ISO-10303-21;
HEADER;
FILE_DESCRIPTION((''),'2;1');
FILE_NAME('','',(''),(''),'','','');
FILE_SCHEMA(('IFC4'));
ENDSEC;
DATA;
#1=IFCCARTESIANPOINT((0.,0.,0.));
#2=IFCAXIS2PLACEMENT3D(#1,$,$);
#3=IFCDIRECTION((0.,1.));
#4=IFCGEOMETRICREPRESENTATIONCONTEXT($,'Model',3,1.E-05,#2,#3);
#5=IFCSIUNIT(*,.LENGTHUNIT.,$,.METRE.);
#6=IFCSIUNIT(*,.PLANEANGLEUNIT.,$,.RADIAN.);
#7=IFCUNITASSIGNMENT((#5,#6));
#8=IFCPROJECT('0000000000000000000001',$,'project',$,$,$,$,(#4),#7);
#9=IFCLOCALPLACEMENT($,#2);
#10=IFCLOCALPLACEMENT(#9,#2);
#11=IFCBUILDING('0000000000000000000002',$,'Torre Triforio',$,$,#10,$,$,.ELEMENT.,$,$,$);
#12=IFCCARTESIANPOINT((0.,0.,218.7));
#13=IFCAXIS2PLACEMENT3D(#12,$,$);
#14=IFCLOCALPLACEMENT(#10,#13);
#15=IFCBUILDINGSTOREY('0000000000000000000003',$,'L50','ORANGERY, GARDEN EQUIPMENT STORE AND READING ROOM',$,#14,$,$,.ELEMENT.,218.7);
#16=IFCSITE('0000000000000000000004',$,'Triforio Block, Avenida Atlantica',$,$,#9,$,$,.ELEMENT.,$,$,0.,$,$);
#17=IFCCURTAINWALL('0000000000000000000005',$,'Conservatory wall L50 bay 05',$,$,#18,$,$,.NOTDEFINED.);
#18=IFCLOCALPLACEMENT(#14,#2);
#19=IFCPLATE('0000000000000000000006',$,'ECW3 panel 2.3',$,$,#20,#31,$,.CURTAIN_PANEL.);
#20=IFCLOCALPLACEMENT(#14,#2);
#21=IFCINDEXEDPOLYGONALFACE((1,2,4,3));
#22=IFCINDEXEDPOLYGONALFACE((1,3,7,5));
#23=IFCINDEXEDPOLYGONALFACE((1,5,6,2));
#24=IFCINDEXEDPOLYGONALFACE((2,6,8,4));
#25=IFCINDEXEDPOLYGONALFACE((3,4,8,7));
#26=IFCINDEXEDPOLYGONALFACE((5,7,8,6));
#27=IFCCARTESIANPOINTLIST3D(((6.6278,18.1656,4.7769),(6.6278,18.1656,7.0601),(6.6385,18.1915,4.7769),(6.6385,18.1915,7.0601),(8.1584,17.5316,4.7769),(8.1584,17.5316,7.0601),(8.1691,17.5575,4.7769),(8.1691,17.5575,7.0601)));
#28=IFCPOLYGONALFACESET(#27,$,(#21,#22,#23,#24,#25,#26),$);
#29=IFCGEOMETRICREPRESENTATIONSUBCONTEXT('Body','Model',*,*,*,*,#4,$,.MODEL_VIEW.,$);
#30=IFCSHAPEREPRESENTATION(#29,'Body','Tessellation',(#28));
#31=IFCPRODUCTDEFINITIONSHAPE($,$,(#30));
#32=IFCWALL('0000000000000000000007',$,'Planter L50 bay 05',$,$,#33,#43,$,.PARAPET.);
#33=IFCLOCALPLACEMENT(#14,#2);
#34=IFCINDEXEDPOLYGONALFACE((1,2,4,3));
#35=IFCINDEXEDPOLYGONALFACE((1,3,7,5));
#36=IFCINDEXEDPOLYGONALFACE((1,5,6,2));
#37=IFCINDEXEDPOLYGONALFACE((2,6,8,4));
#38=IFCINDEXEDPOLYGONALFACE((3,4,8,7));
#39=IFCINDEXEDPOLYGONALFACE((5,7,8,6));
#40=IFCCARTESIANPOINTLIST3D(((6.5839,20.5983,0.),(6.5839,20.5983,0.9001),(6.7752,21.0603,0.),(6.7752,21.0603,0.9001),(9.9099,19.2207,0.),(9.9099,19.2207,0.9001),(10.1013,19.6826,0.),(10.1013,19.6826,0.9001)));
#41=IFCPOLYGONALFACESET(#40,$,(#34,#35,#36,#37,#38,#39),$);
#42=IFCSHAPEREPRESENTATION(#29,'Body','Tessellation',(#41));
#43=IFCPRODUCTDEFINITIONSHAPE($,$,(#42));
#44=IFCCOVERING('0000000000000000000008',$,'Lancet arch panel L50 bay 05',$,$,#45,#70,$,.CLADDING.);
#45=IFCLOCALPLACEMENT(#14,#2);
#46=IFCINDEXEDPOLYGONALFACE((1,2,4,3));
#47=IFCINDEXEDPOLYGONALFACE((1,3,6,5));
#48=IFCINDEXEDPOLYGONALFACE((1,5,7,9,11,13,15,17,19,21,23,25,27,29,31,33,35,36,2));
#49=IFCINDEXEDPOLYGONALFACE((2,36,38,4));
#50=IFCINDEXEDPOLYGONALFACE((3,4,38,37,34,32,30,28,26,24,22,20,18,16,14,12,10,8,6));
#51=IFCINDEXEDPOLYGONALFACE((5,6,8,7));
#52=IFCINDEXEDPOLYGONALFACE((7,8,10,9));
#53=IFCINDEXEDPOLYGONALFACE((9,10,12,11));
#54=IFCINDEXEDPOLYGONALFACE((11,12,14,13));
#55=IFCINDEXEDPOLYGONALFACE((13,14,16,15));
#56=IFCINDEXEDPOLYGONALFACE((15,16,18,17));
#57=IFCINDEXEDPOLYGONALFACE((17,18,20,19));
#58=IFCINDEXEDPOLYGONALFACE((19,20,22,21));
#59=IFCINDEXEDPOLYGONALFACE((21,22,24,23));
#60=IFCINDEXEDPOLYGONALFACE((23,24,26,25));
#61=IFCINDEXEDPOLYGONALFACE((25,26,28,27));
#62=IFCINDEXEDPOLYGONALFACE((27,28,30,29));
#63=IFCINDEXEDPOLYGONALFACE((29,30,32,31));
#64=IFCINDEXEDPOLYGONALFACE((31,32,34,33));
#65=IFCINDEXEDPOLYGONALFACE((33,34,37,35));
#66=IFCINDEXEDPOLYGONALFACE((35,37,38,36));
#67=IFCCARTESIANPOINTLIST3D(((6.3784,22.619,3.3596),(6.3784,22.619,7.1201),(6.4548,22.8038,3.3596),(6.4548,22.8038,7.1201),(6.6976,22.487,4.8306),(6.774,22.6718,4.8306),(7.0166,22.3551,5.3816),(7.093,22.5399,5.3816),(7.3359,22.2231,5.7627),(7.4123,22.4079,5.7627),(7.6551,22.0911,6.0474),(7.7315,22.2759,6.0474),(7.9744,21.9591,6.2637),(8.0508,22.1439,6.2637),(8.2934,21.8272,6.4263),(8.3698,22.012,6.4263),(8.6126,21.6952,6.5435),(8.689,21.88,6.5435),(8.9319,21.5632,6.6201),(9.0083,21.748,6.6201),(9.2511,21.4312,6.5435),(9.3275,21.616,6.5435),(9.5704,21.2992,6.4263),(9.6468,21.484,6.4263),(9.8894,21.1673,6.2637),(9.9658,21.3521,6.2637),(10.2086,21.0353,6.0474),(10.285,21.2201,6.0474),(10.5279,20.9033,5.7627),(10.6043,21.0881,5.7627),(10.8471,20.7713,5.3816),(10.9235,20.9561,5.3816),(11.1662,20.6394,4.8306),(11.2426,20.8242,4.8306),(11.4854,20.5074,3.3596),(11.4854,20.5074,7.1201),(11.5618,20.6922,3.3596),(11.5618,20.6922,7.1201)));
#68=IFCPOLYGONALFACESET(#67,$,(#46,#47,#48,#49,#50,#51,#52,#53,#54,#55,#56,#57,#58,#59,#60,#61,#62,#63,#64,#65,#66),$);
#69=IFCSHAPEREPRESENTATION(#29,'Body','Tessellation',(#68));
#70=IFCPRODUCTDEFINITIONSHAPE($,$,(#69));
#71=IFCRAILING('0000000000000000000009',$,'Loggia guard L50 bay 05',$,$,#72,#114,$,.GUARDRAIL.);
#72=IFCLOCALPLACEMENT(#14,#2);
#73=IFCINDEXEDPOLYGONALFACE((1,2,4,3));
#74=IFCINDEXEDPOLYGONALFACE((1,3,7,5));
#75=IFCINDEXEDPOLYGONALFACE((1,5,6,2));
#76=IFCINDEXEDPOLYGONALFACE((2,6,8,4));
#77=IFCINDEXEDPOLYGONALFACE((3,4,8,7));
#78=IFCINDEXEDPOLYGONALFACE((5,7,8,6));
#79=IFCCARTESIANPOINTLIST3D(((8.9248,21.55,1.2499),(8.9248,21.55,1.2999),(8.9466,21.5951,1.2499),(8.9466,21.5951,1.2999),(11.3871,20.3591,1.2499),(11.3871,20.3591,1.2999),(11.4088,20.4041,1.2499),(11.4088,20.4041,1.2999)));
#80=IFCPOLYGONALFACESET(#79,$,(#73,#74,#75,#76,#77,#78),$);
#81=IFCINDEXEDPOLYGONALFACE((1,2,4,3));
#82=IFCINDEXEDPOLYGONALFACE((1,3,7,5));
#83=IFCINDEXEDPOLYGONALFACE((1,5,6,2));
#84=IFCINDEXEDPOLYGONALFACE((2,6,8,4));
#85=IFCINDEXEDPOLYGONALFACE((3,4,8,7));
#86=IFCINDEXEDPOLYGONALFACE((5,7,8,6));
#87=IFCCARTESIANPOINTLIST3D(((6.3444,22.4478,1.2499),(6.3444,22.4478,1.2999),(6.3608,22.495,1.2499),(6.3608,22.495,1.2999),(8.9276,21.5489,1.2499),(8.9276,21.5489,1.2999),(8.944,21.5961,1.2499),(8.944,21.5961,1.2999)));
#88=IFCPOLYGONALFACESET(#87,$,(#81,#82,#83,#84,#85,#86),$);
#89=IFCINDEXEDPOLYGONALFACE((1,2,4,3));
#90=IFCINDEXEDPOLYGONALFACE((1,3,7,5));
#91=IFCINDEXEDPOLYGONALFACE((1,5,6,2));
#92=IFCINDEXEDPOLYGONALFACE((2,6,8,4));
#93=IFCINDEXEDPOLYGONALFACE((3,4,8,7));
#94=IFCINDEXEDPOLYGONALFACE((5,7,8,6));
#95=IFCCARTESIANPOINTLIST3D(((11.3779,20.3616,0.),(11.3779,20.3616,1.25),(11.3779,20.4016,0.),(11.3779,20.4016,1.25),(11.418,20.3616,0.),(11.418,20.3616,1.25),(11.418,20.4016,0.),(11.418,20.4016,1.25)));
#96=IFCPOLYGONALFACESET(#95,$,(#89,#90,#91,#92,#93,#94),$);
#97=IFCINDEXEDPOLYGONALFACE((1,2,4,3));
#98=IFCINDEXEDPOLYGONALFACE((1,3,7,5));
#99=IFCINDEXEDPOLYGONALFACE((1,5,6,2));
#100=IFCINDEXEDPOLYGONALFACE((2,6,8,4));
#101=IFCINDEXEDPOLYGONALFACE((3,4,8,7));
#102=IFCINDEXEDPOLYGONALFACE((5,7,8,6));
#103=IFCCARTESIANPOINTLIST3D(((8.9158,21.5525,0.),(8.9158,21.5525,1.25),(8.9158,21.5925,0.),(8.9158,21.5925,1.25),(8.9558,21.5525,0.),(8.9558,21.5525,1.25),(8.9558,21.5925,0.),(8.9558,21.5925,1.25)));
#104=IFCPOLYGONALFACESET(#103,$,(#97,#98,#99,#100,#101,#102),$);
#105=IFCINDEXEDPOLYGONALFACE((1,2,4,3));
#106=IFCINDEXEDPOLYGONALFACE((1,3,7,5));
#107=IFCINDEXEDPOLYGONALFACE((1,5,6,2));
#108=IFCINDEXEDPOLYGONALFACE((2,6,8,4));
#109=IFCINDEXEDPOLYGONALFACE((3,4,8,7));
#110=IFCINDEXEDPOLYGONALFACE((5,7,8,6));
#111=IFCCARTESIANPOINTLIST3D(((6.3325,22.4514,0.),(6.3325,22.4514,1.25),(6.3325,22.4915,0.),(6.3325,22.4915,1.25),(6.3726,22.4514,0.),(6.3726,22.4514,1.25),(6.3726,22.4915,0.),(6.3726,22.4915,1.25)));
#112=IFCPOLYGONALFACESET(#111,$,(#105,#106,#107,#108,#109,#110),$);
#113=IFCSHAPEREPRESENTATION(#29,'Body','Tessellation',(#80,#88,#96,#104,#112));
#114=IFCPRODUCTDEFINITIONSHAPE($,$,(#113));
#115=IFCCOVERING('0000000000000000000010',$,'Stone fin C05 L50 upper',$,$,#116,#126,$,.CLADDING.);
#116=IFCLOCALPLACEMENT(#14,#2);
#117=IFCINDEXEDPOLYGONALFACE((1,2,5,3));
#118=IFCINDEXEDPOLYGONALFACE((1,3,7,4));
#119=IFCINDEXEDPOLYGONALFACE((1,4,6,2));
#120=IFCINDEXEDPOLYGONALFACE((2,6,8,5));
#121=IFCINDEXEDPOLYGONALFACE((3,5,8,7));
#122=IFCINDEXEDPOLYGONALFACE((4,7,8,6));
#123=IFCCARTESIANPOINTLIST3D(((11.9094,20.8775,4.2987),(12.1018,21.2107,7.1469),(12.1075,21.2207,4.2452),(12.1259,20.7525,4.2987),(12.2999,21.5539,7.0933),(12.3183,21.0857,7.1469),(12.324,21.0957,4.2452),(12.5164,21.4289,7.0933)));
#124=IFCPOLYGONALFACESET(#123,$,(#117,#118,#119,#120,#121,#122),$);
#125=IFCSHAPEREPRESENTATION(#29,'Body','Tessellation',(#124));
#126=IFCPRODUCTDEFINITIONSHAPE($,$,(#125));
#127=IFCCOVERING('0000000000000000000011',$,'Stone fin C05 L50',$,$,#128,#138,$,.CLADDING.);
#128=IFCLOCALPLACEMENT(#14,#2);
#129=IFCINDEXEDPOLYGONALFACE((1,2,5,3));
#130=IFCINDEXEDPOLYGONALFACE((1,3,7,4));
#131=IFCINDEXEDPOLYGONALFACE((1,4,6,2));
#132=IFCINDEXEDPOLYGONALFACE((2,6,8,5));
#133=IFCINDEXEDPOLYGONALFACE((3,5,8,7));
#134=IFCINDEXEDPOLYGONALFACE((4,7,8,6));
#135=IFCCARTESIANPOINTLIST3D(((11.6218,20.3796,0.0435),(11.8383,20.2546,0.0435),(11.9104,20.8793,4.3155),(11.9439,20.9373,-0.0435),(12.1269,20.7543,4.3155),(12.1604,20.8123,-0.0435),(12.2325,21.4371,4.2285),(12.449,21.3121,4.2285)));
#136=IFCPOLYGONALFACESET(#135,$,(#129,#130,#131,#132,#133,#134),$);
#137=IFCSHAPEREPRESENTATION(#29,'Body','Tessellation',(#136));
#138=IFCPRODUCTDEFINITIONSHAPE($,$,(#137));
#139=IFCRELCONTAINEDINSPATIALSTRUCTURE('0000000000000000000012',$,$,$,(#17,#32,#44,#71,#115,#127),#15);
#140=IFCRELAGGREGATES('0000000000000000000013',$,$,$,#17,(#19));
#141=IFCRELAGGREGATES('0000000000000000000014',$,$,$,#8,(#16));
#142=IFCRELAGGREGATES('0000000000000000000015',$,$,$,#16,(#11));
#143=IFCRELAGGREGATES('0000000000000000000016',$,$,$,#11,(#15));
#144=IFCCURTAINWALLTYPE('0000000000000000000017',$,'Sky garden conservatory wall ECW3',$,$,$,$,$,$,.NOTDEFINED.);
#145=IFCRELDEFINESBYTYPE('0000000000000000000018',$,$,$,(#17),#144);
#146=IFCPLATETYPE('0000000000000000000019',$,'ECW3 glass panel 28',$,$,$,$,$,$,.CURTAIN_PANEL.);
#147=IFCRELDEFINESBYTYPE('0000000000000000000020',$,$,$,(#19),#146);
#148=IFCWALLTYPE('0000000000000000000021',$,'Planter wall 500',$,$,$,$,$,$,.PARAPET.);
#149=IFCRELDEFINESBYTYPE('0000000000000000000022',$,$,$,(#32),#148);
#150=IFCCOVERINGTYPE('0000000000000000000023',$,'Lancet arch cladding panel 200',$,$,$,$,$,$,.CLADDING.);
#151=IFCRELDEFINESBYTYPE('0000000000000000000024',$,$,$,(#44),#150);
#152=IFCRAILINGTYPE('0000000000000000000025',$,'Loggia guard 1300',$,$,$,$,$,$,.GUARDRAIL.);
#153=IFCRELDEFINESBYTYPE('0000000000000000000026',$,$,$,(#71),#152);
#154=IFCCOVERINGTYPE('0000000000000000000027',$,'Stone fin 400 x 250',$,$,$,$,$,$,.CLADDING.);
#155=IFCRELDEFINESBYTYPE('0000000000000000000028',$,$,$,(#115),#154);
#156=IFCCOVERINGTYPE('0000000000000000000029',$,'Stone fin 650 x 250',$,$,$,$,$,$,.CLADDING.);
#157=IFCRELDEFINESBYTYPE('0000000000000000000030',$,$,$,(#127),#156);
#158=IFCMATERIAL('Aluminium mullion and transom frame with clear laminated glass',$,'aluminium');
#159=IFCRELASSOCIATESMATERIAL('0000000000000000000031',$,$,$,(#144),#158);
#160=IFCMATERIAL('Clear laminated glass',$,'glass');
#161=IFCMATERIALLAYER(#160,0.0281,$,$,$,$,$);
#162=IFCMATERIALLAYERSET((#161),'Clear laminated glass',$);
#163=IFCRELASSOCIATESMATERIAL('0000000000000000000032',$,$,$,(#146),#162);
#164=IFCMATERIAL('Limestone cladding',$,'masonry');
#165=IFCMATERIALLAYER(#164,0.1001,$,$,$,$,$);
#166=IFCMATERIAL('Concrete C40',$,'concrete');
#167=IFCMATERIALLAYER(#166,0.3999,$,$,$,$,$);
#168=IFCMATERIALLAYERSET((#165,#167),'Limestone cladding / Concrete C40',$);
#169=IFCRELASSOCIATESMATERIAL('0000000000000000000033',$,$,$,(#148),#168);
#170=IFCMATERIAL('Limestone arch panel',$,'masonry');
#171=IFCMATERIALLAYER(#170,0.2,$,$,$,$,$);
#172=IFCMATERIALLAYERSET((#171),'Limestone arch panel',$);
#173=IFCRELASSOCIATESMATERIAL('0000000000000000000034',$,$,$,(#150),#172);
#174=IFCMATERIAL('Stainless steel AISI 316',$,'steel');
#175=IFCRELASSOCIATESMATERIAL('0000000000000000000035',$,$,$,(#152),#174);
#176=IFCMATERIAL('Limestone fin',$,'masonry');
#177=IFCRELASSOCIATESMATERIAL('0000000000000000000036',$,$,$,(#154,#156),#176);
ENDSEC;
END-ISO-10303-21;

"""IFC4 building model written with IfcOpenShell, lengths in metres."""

from ifc_helpers import new_model, si_unit, direction, frame, frame_2d, origin, origin_2d, place, context, subcontext, project, spatial, polyline, rectangle, outline, extrude, material, layer, layer_set, material_profile, profile_set, type_object, element, aggregate, save


model = new_model("IFC4")

# Units and contexts
model_context = context("Model", 3, precision=1e-05, world=origin(), true_north=direction((0.0, 1.0)))
body_context = subcontext(model_context, "Body", "Model", "MODEL_VIEW")
ifc_project = project(units=[si_unit("LENGTHUNIT", "METRE"), si_unit("PLANEANGLEUNIT", "RADIAN")], contexts=[model_context])

# Site, building, storey
site_placement = place(None, origin())
site = spatial("IfcSite", under=ifc_project, at=site_placement, Name="Triforio Block, Avenida Atlantica", CompositionType="ELEMENT", RefElevation=0.0)
building_placement = place(site_placement, origin())
building = spatial("IfcBuilding", under=site, at=building_placement, Name="Torre Triforio", CompositionType="ELEMENT")
storey_placement = place(building_placement, frame((0.0, 0.0, 218.7)))
storey = spatial("IfcBuildingStorey", under=building, at=storey_placement, Name="L50", Description="ORANGERY, GARDEN EQUIPMENT STORE AND READING ROOM", CompositionType="ELEMENT", Elevation=218.7)

# Curtain wall
ifc_material_1 = material(Name="Aluminium mullion and transom frame with clear laminated glass", Category="aluminium")
curtain_wall_type = type_object("IfcCurtainWallType", Name="Sky garden conservatory wall ECW3", PredefinedType="NOTDEFINED", material=ifc_material_1)
curtain_wall_placement = place(storey_placement, origin())
curtain_wall = element("IfcCurtainWall", 1, at=curtain_wall_placement, inside=storey, type_object=curtain_wall_type, Name="Conservatory wall L50 bay 05", PredefinedType="NOTDEFINED")

# Shared definitions
ifc_material_2 = material(Name="Concrete C40", Category="concrete")

# Plate
ifc_material_3 = material(Name="Clear laminated glass", Category="glass")
ifc_layer_1 = layer(ifc_material_3, 0.0281)
ifc_layer_set_1 = layer_set([ifc_layer_1], Name="Clear laminated glass")
plate_type = type_object("IfcPlateType", Name="ECW3 glass panel 28", PredefinedType="CURTAIN_PANEL", material=ifc_layer_set_1)
plate_1_placement = place(storey_placement, frame((7.3984, 17.8616, 4.7769), z_axis=(0.0, 0.0, 1.0), x_axis=(-0.923879, 0.382684, 0.0)))
plate_1 = element("IfcPlate", 2, at=plate_1_placement, type_object=plate_type, Name="ECW3 panel 2.3", PredefinedType="CURTAIN_PANEL", context=body_context, shape_type="SweptSolid", body=[
    extrude(rectangle(XDim=1.6567, YDim=0.0281, at=origin_2d()), origin(), (0.0, 0.0, 1.0), 2.2832),
])
aggregate(curtain_wall, [plate_1])

# Wall
ifc_material_4 = material(Name="Limestone cladding", Category="masonry")
ifc_layer_2 = layer(ifc_material_4, 0.1001)
ifc_layer_3 = layer(ifc_material_2, 0.3999)
ifc_layer_set_2 = layer_set([ifc_layer_2, ifc_layer_3], Name="Limestone cladding / Concrete C40")
wall_type = type_object("IfcWallType", Name="Planter wall 500", PredefinedType="PARAPET", material=ifc_layer_set_2)
wall_placement = place(storey_placement, frame((10.0056, 19.4517, 0.0), z_axis=(0.0, 0.0, 1.0), x_axis=(-0.923885, 0.382669, 0.0)))
element("IfcWall", 3, at=wall_placement, inside=storey, type_object=wall_type, Name="Planter L50 bay 05", PredefinedType="PARAPET", context=body_context, shape_type="SweptSolid", body=[
    extrude(rectangle(XDim=3.6001, YDim=0.5, at=frame_2d((1.8, 0.0))), origin(), (0.0, 0.0, 1.0), 0.9001),
])

# Covering
ifc_material_5 = material(Name="Limestone arch panel", Category="masonry")
ifc_layer_4 = layer(ifc_material_5, 0.2)
ifc_layer_set_3 = layer_set([ifc_layer_4], Name="Limestone arch panel")
covering_type_1 = type_object("IfcCoveringType", Name="Lancet arch cladding panel 200", PredefinedType="CLADDING", material=ifc_layer_set_3)
covering_1_placement = place(storey_placement, frame((8.9319, 21.5632, 0.0), z_axis=(0.3821, 0.924121, 0.0), x_axis=(-0.924121, 0.3821, 0.0)))
element("IfcCovering", 4, at=covering_1_placement, inside=storey, type_object=covering_type_1, Name="Lancet arch panel L50 bay 05", PredefinedType="CLADDING", context=body_context, shape_type="SweptSolid", body=[
    extrude(outline(polyline([(-2.7632, 7.1201), (-2.7632, 3.3596), (-2.4177, 4.8306), (-2.0725, 5.3816), (-1.7271, 5.7627), (-1.3816, 6.0474), (-1.0361, 6.2637), (-0.6909, 6.4263), (-0.3455, 6.5435), (0.0, 6.6201), (0.3455, 6.5435), (0.6909, 6.4263), (1.0361, 6.2637), (1.3816, 6.0474), (1.7271, 5.7627), (2.0725, 5.3816), (2.4177, 4.8306), (2.7632, 3.3596), (2.7632, 7.1201), (-2.7632, 7.1201)])), origin(), (0.0, 0.0, 1.0), 0.2),
])

# Railing
ifc_material_6 = material(Name="Stainless steel AISI 316", Category="steel")
railing_type = type_object("IfcRailingType", Name="Loggia guard 1300", PredefinedType="GUARDRAIL", material=ifc_material_6)
railing_placement = place(storey_placement, frame((11.3979, 20.3816, 0.0)))
element("IfcRailing", 5, at=railing_placement, inside=storey, type_object=railing_type, Name="Loggia guard L50 bay 05", PredefinedType="GUARDRAIL", context=body_context, shape_type="SweptSolid", body=[
    extrude(rectangle(XDim=0.05, YDim=0.05, at=origin_2d()), frame((0.0, 0.0, 1.2749), z_axis=(-0.900224, 0.435428, 0.0), x_axis=(-0.435428, -0.900224, 0.0)), (0.0, 0.0, 1.0), 2.7351),
    extrude(rectangle(XDim=0.05, YDim=0.05, at=origin_2d()), frame((-2.4622, 1.1909, 1.2749), z_axis=(-0.944451, 0.328652, 0.0), x_axis=(-0.328652, -0.944451, 0.0)), (0.0, 0.0, 1.0), 2.7351),
    extrude(rectangle(XDim=0.04, YDim=0.04, at=origin_2d()), origin(), (0.0, 0.0, 1.0), 1.25),
    extrude(rectangle(XDim=0.04, YDim=0.04, at=origin_2d()), frame((-2.4622, 1.1909, 0.0)), (0.0, 0.0, 1.0), 1.25),
    extrude(rectangle(XDim=0.04, YDim=0.04, at=origin_2d()), frame((-5.0454, 2.0898, 0.0)), (0.0, 0.0, 1.0), 1.25),
])

# Coverings
ifc_material_7 = material(Name="Limestone fin", Category="masonry")
ifc_material_profile_1 = material_profile(ifc_material_7, rectangle(XDim=0.3999, YDim=0.25, at=origin_2d()), Name="FIN 400x250")
ifc_profile_set_1 = profile_set([ifc_material_profile_1], Name="Limestone fin")
covering_type_2 = type_object("IfcCoveringType", Name="Stone fin 400 x 250", PredefinedType="CLADDING", material=ifc_profile_set_1)
covering_2_placement = place(storey_placement, frame((12.1167, 20.9866, 4.272), z_axis=(0.066939, 0.115953, 0.990997), x_axis=(-0.495459, -0.858251, 0.133888)))
element("IfcCovering", 6, at=covering_2_placement, inside=storey, type_object=covering_type_2, Name="Stone fin C05 L50 upper", PredefinedType="CLADDING", context=body_context, shape_type="SweptSolid", body=[
    extrude(rectangle(XDim=0.3999, YDim=0.25, at=origin_2d()), origin(), (0.0, 0.0, 1.0), 2.874),
])
ifc_material_profile_2 = material_profile(ifc_material_7, rectangle(XDim=0.6499, YDim=0.25, at=origin_2d()), Name="FIN 650x250")
ifc_profile_set_2 = profile_set([ifc_material_profile_2], Name="Limestone fin")
covering_type_3 = type_object("IfcCoveringType", Name="Stone fin 650 x 250", PredefinedType="CLADDING", material=ifc_profile_set_2)
covering_3_placement = place(storey_placement, frame((11.8911, 20.5959, 0.0), z_axis=(0.066943, 0.115932, 0.990999), x_axis=(-0.495551, -0.8582, 0.133871)))
element("IfcCovering", 7, at=covering_3_placement, inside=storey, type_object=covering_type_3, Name="Stone fin C05 L50", PredefinedType="CLADDING", context=body_context, shape_type="SweptSolid", body=[
    extrude(rectangle(XDim=0.6499, YDim=0.25, at=origin_2d()), origin(), (0.0, 0.0, 1.0), 4.3108),
])

save(model, "model.ifc")
